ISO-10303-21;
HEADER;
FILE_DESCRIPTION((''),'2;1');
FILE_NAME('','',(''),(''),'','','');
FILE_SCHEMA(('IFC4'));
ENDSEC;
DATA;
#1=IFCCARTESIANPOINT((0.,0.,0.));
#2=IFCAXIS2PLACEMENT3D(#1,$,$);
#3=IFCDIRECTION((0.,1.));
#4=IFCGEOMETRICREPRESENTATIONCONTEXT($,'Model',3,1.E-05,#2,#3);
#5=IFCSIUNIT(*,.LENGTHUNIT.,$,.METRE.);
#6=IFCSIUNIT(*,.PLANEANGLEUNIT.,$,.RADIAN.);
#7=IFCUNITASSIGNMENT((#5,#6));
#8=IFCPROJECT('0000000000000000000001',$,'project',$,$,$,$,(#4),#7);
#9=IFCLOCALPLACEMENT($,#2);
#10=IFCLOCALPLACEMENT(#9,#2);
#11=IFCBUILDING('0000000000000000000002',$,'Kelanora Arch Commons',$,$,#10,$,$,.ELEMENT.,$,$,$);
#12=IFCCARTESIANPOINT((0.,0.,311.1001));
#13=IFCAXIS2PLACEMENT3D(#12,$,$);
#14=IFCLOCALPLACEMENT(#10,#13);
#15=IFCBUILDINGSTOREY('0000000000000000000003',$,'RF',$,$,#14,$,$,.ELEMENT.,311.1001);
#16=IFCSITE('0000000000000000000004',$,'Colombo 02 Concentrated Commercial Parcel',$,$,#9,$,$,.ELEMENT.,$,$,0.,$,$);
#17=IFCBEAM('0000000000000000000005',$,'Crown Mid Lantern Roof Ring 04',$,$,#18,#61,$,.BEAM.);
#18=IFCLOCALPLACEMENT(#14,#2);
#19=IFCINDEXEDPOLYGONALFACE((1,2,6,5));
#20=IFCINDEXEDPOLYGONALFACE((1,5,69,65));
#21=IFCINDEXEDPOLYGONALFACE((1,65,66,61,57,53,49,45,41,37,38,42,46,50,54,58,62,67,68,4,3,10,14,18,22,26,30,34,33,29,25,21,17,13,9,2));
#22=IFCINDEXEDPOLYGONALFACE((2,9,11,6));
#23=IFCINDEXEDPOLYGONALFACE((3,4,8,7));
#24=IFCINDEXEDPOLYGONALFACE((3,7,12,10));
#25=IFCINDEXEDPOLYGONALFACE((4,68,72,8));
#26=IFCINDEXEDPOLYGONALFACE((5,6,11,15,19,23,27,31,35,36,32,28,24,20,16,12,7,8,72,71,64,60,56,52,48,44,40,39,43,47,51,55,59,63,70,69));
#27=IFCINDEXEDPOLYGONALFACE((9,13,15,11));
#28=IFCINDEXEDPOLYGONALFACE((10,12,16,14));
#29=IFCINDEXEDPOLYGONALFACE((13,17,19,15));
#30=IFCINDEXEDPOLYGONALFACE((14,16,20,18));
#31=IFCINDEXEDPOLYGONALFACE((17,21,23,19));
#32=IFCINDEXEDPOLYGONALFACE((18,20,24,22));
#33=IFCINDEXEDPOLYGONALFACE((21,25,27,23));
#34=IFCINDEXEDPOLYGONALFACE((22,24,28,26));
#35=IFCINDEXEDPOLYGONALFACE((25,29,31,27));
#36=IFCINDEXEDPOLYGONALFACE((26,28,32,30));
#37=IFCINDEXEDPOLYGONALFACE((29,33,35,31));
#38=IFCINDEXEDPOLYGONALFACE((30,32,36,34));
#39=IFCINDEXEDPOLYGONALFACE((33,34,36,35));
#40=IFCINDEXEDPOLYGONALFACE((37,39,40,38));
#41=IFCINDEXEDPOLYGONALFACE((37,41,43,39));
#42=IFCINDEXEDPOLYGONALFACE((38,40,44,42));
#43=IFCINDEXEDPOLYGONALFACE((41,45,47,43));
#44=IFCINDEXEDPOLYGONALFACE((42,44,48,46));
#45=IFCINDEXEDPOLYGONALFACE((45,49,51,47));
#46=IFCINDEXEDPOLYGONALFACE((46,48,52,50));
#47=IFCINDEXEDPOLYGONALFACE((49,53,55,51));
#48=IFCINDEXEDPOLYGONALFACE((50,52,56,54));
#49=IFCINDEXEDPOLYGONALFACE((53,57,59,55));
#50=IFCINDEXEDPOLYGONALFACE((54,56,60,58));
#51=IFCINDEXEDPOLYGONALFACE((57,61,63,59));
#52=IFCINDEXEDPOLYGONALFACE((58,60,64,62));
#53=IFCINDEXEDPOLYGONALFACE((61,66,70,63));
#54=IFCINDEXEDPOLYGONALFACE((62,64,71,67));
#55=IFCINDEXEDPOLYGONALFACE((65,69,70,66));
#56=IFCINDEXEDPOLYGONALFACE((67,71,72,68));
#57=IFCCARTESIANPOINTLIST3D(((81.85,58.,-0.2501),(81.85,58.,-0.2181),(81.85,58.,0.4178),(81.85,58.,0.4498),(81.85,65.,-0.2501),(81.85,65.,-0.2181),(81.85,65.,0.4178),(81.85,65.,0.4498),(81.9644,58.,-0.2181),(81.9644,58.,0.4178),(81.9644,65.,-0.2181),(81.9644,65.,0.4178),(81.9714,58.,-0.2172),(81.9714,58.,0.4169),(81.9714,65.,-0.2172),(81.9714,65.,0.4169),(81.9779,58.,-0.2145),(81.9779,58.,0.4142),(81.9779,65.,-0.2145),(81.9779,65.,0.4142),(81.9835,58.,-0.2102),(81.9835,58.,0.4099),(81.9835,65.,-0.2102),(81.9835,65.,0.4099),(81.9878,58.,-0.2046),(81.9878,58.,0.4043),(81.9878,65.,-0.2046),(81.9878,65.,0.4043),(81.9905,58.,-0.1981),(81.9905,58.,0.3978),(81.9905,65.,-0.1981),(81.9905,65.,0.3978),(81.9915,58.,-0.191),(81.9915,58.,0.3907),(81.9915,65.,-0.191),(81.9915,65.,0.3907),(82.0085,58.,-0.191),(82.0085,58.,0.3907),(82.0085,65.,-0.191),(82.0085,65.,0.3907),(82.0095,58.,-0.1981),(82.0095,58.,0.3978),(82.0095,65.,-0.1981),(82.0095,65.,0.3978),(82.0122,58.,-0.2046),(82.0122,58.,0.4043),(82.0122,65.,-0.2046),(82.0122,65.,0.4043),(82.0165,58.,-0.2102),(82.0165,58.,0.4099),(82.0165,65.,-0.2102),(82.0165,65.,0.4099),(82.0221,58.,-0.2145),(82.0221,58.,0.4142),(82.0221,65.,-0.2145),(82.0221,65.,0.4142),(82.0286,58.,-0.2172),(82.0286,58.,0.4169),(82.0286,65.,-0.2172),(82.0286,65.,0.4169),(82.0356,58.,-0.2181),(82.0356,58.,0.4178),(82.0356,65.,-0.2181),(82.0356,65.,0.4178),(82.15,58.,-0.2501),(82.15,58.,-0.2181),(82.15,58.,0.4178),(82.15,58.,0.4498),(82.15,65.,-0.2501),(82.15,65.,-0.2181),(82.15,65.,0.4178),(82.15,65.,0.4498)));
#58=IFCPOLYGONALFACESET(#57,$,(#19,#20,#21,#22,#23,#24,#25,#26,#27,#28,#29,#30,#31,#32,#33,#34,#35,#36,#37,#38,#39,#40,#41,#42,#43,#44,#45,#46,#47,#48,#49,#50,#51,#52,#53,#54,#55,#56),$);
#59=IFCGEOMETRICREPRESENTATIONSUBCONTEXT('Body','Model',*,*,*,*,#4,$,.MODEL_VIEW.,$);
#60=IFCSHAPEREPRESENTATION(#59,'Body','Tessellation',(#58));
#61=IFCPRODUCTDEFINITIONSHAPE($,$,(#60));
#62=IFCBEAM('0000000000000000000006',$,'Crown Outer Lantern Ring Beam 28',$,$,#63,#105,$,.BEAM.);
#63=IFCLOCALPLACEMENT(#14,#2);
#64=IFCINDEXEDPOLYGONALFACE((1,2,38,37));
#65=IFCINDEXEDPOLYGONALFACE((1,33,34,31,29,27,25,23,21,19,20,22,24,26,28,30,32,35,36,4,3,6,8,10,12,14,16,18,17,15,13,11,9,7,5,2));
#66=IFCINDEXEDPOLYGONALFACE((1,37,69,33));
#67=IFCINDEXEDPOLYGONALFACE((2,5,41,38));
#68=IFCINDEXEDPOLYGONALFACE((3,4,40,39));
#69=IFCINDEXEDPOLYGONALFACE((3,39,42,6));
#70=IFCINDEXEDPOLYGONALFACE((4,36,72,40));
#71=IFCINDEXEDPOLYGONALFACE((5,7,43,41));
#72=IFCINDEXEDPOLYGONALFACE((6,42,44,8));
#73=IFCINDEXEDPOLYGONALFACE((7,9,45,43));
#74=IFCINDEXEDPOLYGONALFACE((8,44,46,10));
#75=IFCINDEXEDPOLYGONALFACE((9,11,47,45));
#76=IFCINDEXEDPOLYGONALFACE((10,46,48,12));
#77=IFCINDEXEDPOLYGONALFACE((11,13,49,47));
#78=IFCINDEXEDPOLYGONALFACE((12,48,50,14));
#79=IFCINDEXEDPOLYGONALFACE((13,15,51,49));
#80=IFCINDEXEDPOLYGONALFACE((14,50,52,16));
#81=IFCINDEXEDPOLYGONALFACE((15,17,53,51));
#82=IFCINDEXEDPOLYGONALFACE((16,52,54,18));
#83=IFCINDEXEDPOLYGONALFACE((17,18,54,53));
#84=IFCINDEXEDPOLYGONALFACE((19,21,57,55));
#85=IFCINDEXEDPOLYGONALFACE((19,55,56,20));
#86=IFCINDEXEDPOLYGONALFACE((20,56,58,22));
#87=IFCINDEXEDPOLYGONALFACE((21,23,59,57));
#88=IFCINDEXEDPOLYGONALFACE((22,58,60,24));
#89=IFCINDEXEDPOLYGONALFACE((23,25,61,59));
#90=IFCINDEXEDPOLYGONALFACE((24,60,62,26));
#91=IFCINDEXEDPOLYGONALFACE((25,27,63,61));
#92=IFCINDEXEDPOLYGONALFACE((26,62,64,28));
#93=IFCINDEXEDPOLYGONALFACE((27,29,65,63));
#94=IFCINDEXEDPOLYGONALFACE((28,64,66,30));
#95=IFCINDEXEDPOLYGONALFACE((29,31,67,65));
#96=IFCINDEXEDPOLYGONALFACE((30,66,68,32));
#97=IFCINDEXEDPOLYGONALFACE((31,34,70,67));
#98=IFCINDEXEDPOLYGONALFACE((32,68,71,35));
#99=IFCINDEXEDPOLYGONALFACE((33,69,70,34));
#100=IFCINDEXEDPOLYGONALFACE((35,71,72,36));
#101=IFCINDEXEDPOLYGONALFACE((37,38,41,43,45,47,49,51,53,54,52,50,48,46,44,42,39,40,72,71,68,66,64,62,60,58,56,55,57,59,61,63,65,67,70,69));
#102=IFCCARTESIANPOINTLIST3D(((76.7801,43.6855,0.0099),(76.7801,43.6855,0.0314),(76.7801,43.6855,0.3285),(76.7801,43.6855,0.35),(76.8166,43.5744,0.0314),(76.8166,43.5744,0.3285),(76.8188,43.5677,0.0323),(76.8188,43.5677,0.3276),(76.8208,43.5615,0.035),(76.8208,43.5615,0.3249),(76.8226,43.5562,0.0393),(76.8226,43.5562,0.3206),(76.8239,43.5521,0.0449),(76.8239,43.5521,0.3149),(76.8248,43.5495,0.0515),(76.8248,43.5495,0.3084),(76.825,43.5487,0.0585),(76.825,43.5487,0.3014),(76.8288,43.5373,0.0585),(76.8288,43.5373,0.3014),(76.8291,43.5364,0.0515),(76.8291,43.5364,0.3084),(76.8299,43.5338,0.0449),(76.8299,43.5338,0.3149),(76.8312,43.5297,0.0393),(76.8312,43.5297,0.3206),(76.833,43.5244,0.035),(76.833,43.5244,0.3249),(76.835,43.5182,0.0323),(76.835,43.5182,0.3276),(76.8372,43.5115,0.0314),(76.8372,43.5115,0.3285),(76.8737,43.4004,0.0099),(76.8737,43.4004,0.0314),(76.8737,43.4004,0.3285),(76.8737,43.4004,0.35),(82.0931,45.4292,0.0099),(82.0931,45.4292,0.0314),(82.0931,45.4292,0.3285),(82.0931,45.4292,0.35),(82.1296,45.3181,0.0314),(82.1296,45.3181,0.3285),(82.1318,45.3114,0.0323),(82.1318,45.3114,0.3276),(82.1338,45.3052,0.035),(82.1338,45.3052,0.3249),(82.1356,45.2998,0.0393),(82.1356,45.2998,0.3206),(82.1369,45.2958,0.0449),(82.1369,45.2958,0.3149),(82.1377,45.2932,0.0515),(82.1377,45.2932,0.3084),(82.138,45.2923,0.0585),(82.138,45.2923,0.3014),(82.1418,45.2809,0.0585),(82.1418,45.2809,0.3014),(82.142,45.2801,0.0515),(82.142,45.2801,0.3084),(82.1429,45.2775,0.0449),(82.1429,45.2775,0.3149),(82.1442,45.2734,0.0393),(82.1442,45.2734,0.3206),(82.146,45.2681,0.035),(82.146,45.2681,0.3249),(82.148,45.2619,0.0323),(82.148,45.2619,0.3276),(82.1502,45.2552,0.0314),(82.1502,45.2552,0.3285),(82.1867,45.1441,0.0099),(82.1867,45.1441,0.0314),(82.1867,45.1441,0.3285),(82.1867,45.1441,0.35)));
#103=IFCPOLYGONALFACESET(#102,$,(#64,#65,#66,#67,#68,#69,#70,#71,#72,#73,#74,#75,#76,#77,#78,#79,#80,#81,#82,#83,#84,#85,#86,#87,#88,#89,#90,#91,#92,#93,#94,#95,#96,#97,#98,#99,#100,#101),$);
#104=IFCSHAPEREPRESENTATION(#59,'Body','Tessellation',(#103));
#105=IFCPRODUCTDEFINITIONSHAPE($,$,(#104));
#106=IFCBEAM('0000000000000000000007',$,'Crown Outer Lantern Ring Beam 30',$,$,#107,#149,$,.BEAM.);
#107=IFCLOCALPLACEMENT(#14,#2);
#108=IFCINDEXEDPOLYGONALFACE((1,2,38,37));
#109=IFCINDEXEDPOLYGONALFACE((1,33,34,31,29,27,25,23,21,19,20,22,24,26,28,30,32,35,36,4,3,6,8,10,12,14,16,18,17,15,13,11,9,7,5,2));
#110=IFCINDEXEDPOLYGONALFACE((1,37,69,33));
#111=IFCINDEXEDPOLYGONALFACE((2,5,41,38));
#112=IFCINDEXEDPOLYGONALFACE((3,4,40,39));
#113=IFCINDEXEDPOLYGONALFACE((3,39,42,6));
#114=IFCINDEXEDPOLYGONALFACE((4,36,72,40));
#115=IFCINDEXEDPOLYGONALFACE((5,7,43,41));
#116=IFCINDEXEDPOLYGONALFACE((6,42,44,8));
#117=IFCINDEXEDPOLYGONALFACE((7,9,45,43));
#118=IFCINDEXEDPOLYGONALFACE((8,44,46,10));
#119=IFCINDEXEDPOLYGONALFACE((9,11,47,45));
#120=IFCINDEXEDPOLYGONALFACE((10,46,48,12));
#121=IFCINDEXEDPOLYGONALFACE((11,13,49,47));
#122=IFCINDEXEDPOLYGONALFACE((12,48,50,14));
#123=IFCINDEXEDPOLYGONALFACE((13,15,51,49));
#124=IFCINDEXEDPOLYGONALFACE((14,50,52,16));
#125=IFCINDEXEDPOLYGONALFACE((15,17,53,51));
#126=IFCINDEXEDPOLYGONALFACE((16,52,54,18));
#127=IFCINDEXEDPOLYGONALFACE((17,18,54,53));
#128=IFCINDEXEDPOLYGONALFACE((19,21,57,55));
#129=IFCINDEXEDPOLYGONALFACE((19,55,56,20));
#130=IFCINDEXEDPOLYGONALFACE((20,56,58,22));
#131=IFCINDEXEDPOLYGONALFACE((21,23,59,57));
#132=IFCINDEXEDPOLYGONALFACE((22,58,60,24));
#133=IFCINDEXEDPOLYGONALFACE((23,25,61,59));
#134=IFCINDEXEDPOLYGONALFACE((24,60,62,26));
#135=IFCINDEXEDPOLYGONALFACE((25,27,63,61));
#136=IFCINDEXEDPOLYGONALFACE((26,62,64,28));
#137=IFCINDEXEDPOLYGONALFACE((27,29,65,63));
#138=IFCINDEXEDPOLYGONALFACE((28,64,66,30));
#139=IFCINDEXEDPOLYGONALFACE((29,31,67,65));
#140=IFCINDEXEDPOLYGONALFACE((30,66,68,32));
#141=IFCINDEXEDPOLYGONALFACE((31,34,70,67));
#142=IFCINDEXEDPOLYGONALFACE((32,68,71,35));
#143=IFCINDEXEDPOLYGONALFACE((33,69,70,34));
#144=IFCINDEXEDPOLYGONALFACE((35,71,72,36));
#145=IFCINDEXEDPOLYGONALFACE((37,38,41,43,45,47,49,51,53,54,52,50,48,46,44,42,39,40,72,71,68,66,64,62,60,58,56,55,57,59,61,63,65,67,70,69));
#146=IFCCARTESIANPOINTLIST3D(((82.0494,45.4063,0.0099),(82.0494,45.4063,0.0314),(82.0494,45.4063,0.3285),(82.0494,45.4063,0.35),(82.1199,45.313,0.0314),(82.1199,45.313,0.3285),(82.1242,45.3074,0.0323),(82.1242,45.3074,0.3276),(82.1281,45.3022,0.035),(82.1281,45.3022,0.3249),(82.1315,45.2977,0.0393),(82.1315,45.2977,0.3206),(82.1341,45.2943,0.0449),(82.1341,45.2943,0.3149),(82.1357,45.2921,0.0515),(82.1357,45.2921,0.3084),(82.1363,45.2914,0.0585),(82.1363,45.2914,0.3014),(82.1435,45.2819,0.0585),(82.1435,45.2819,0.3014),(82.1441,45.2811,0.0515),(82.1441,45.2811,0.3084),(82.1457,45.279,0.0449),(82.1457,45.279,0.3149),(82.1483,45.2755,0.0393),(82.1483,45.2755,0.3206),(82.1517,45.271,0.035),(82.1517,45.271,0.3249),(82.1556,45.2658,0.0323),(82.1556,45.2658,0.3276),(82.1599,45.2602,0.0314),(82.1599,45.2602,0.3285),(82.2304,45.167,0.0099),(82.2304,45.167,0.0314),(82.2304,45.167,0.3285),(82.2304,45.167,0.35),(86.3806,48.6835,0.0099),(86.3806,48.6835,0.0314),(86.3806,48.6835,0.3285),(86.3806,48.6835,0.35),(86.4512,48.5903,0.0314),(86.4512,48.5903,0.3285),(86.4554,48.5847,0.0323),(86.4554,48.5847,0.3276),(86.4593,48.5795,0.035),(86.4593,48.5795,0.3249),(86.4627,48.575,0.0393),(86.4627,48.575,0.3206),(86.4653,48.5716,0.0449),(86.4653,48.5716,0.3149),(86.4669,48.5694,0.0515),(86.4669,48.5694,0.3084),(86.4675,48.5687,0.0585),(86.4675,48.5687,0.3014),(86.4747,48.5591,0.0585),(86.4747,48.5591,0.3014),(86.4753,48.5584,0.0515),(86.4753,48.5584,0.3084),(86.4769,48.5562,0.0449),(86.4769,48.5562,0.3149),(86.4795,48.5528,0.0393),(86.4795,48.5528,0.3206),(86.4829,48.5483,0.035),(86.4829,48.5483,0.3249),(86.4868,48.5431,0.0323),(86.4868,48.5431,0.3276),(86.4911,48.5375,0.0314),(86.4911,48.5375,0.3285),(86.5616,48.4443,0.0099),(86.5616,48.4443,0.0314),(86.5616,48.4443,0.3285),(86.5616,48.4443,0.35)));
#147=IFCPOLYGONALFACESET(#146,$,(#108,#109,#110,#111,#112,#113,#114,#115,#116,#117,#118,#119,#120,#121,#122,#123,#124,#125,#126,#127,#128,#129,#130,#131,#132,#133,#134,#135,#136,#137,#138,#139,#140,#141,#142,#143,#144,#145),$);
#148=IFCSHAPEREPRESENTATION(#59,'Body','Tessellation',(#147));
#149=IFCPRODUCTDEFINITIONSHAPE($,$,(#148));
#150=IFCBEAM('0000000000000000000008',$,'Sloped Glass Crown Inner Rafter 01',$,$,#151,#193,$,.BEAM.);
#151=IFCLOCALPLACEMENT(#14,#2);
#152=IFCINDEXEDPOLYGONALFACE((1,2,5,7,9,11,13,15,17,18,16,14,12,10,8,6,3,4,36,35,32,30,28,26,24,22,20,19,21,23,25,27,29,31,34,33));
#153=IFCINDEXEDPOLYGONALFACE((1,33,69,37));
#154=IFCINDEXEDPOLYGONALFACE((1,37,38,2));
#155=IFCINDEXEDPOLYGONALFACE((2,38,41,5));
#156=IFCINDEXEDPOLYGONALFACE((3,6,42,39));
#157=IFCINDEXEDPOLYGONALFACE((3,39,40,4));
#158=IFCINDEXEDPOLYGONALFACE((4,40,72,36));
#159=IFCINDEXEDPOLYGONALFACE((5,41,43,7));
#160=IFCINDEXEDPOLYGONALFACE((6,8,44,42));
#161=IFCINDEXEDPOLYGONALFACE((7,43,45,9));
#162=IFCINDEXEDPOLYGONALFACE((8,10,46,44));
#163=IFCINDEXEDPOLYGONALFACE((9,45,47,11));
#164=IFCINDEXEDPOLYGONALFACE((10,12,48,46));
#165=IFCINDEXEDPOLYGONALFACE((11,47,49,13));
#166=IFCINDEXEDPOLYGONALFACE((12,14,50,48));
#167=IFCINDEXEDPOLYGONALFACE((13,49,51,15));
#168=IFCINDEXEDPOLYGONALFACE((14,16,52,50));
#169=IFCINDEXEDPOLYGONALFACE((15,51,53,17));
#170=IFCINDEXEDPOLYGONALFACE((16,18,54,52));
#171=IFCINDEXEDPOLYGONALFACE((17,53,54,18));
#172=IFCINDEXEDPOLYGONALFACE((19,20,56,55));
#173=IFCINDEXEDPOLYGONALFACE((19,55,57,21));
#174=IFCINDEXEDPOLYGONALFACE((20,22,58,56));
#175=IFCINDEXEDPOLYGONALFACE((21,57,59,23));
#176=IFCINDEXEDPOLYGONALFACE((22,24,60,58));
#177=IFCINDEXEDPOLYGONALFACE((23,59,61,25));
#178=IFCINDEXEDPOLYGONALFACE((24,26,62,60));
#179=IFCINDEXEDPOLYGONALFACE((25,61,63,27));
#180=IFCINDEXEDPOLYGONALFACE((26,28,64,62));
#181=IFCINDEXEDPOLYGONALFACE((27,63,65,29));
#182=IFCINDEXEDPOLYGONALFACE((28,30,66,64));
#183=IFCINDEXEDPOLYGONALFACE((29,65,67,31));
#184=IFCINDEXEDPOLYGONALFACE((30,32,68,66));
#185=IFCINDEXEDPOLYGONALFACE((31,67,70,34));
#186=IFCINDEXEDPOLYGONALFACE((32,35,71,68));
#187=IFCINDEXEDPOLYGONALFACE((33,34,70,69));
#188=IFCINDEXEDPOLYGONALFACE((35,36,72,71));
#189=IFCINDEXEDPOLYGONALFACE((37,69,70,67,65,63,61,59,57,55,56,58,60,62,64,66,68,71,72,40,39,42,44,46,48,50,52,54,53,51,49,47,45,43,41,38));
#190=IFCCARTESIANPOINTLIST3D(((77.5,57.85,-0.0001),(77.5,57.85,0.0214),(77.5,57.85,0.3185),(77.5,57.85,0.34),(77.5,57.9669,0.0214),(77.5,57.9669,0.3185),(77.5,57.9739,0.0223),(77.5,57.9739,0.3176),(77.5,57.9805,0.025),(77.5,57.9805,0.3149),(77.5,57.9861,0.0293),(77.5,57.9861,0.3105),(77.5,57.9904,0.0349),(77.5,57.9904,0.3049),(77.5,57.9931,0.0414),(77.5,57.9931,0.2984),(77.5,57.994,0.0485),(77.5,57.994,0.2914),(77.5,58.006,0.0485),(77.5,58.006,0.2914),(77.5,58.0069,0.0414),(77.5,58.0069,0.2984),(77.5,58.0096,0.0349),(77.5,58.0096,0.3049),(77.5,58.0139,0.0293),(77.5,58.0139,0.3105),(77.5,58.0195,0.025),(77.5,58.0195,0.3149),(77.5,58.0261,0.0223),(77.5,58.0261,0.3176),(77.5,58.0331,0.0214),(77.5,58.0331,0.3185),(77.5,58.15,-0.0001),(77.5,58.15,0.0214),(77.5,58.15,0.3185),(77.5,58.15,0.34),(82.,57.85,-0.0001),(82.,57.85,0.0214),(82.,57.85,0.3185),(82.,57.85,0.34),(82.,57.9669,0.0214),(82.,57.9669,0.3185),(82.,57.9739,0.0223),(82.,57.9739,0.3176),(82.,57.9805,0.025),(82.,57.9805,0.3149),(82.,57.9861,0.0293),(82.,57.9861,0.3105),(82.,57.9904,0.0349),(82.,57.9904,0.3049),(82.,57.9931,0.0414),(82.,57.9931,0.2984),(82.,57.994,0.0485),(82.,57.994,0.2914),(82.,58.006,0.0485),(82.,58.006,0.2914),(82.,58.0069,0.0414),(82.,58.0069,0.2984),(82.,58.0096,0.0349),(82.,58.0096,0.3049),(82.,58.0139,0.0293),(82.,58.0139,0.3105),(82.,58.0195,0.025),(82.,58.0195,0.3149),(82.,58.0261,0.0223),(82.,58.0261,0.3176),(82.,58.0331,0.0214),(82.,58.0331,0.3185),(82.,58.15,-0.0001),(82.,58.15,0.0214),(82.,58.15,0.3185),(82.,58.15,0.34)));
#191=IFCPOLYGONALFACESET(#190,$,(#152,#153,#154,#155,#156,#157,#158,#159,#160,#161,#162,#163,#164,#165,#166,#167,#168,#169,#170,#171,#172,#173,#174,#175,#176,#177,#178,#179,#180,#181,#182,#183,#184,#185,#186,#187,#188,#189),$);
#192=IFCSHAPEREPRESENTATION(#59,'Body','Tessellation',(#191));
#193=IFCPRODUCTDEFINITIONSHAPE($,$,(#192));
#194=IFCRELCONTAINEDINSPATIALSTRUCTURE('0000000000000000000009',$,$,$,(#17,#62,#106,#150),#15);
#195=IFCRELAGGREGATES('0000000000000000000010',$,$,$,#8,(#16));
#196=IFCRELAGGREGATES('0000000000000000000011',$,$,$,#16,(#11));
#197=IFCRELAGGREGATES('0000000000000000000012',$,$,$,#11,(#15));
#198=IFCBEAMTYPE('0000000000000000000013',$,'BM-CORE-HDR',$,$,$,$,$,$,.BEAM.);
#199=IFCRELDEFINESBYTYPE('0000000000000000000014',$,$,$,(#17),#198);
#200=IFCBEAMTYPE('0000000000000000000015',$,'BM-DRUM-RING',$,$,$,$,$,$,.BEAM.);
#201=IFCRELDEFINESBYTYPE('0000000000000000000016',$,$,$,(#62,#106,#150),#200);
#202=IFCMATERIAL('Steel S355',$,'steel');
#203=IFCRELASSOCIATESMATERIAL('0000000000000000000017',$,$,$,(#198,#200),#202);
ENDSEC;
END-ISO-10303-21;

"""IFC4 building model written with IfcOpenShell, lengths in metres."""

from ifc_helpers import new_model, si_unit, direction, frame, origin, origin_2d, place, context, subcontext, project, spatial, i_section, extrude, material, material_profile, profile_set, type_object, element, save


model = new_model("IFC4")

# Units and contexts
model_context = context("Model", 3, precision=1e-05, world=origin(), true_north=direction((0.0, 1.0)))
body_context = subcontext(model_context, "Body", "Model", "MODEL_VIEW")
ifc_project = project(units=[si_unit("LENGTHUNIT", "METRE"), si_unit("PLANEANGLEUNIT", "RADIAN")], contexts=[model_context])

# Site, building, storey
site_placement = place(None, origin())
site = spatial("IfcSite", under=ifc_project, at=site_placement, Name="Colombo 02 Concentrated Commercial Parcel", CompositionType="ELEMENT", RefElevation=0.0)
building_placement = place(site_placement, origin())
building = spatial("IfcBuilding", under=site, at=building_placement, Name="Kelanora Arch Commons", CompositionType="ELEMENT")
storey_placement = place(building_placement, frame((0.0, 0.0, 311.1001)))
storey = spatial("IfcBuildingStorey", under=building, at=storey_placement, Name="RF", CompositionType="ELEMENT", Elevation=311.1001)

# Beams
ifc_material_1 = material(Name="Steel S355", Category="steel")
ifc_material_profile_1 = material_profile(ifc_material_1, i_section(OverallWidth=0.3, OverallDepth=0.7, WebThickness=0.0171, FlangeThickness=0.032, FilletRadius=0.0271, at=origin_2d()), Name="HEB700")
ifc_profile_set_1 = profile_set([ifc_material_profile_1], Name="Steel S355")
beam_type_1 = type_object("IfcBeamType", Name="BM-CORE-HDR", PredefinedType="BEAM", material=ifc_profile_set_1)
for number, where, z_axis, x_axis, name in (
    (1, (82.0, 58.0, 0.0999), (0.0, 1.0, 0.0), (-1.0, 0.0, 0.0), "Crown Mid Lantern Roof Ring 04"),
):
    element("IfcBeam", number, at=place(storey_placement, frame(where, z_axis=z_axis, x_axis=x_axis)), inside=storey, type_object=beam_type_1, Name=name, PredefinedType="BEAM", context=body_context, shape_type="SweptSolid", body=[
        extrude(i_section(OverallWidth=0.3, OverallDepth=0.7, WebThickness=0.0171, FlangeThickness=0.032, FilletRadius=0.0271, at=origin_2d()), origin(), (0.0, 0.0, 1.0), 7.0),
    ])
ifc_material_profile_2 = material_profile(ifc_material_1, i_section(OverallWidth=0.3, OverallDepth=0.3401, WebThickness=0.012, FlangeThickness=0.0215, FilletRadius=0.0271, at=origin_2d()), Name="HEB340")
ifc_profile_set_2 = profile_set([ifc_material_profile_2], Name="Steel S355")
beam_type_2 = type_object("IfcBeamType", Name="BM-DRUM-RING", PredefinedType="BEAM", material=ifc_profile_set_2)
beam_1_placement = place(storey_placement, frame((76.8269, 43.543, 0.1799), z_axis=(0.95014, 0.311823, 0.0), x_axis=(-0.311823, 0.95014, 0.0)))
element("IfcBeam", 2, at=beam_1_placement, inside=storey, type_object=beam_type_2, Name="Crown Outer Lantern Ring Beam 28", PredefinedType="BEAM", context=body_context, shape_type="SweptSolid", body=[
    extrude(i_section(OverallWidth=0.3, OverallDepth=0.3401, WebThickness=0.012, FlangeThickness=0.0215, FilletRadius=0.0271, at=origin_2d()), origin(), (0.0, 0.0, 1.0), 5.5918),
])
beam_2_placement = place(storey_placement, frame((82.1399, 45.2866, 0.1799), z_axis=(0.797441, 0.603396, 0.0), x_axis=(-0.603396, 0.797441, 0.0)))
element("IfcBeam", 3, at=beam_2_placement, inside=storey, type_object=beam_type_2, Name="Crown Outer Lantern Ring Beam 30", PredefinedType="BEAM", context=body_context, shape_type="SweptSolid", body=[
    extrude(i_section(OverallWidth=0.3, OverallDepth=0.3401, WebThickness=0.012, FlangeThickness=0.0215, FilletRadius=0.0271, at=origin_2d()), origin(), (0.0, 0.0, 1.0), 5.4314),
])
beam_3_placement = place(storey_placement, frame((82.0, 58.0, 0.1699), z_axis=(-1.0, 0.0, 0.0), x_axis=(0.0, -1.0, 0.0)))
element("IfcBeam", 4, at=beam_3_placement, inside=storey, type_object=beam_type_2, Name="Sloped Glass Crown Inner Rafter 01", PredefinedType="BEAM", context=body_context, shape_type="SweptSolid", body=[
    extrude(i_section(OverallWidth=0.3, OverallDepth=0.3401, WebThickness=0.012, FlangeThickness=0.0215, FilletRadius=0.0271, at=origin_2d()), origin(), (0.0, 0.0, 1.0), 4.5),
])

save(model, "model.ifc")
